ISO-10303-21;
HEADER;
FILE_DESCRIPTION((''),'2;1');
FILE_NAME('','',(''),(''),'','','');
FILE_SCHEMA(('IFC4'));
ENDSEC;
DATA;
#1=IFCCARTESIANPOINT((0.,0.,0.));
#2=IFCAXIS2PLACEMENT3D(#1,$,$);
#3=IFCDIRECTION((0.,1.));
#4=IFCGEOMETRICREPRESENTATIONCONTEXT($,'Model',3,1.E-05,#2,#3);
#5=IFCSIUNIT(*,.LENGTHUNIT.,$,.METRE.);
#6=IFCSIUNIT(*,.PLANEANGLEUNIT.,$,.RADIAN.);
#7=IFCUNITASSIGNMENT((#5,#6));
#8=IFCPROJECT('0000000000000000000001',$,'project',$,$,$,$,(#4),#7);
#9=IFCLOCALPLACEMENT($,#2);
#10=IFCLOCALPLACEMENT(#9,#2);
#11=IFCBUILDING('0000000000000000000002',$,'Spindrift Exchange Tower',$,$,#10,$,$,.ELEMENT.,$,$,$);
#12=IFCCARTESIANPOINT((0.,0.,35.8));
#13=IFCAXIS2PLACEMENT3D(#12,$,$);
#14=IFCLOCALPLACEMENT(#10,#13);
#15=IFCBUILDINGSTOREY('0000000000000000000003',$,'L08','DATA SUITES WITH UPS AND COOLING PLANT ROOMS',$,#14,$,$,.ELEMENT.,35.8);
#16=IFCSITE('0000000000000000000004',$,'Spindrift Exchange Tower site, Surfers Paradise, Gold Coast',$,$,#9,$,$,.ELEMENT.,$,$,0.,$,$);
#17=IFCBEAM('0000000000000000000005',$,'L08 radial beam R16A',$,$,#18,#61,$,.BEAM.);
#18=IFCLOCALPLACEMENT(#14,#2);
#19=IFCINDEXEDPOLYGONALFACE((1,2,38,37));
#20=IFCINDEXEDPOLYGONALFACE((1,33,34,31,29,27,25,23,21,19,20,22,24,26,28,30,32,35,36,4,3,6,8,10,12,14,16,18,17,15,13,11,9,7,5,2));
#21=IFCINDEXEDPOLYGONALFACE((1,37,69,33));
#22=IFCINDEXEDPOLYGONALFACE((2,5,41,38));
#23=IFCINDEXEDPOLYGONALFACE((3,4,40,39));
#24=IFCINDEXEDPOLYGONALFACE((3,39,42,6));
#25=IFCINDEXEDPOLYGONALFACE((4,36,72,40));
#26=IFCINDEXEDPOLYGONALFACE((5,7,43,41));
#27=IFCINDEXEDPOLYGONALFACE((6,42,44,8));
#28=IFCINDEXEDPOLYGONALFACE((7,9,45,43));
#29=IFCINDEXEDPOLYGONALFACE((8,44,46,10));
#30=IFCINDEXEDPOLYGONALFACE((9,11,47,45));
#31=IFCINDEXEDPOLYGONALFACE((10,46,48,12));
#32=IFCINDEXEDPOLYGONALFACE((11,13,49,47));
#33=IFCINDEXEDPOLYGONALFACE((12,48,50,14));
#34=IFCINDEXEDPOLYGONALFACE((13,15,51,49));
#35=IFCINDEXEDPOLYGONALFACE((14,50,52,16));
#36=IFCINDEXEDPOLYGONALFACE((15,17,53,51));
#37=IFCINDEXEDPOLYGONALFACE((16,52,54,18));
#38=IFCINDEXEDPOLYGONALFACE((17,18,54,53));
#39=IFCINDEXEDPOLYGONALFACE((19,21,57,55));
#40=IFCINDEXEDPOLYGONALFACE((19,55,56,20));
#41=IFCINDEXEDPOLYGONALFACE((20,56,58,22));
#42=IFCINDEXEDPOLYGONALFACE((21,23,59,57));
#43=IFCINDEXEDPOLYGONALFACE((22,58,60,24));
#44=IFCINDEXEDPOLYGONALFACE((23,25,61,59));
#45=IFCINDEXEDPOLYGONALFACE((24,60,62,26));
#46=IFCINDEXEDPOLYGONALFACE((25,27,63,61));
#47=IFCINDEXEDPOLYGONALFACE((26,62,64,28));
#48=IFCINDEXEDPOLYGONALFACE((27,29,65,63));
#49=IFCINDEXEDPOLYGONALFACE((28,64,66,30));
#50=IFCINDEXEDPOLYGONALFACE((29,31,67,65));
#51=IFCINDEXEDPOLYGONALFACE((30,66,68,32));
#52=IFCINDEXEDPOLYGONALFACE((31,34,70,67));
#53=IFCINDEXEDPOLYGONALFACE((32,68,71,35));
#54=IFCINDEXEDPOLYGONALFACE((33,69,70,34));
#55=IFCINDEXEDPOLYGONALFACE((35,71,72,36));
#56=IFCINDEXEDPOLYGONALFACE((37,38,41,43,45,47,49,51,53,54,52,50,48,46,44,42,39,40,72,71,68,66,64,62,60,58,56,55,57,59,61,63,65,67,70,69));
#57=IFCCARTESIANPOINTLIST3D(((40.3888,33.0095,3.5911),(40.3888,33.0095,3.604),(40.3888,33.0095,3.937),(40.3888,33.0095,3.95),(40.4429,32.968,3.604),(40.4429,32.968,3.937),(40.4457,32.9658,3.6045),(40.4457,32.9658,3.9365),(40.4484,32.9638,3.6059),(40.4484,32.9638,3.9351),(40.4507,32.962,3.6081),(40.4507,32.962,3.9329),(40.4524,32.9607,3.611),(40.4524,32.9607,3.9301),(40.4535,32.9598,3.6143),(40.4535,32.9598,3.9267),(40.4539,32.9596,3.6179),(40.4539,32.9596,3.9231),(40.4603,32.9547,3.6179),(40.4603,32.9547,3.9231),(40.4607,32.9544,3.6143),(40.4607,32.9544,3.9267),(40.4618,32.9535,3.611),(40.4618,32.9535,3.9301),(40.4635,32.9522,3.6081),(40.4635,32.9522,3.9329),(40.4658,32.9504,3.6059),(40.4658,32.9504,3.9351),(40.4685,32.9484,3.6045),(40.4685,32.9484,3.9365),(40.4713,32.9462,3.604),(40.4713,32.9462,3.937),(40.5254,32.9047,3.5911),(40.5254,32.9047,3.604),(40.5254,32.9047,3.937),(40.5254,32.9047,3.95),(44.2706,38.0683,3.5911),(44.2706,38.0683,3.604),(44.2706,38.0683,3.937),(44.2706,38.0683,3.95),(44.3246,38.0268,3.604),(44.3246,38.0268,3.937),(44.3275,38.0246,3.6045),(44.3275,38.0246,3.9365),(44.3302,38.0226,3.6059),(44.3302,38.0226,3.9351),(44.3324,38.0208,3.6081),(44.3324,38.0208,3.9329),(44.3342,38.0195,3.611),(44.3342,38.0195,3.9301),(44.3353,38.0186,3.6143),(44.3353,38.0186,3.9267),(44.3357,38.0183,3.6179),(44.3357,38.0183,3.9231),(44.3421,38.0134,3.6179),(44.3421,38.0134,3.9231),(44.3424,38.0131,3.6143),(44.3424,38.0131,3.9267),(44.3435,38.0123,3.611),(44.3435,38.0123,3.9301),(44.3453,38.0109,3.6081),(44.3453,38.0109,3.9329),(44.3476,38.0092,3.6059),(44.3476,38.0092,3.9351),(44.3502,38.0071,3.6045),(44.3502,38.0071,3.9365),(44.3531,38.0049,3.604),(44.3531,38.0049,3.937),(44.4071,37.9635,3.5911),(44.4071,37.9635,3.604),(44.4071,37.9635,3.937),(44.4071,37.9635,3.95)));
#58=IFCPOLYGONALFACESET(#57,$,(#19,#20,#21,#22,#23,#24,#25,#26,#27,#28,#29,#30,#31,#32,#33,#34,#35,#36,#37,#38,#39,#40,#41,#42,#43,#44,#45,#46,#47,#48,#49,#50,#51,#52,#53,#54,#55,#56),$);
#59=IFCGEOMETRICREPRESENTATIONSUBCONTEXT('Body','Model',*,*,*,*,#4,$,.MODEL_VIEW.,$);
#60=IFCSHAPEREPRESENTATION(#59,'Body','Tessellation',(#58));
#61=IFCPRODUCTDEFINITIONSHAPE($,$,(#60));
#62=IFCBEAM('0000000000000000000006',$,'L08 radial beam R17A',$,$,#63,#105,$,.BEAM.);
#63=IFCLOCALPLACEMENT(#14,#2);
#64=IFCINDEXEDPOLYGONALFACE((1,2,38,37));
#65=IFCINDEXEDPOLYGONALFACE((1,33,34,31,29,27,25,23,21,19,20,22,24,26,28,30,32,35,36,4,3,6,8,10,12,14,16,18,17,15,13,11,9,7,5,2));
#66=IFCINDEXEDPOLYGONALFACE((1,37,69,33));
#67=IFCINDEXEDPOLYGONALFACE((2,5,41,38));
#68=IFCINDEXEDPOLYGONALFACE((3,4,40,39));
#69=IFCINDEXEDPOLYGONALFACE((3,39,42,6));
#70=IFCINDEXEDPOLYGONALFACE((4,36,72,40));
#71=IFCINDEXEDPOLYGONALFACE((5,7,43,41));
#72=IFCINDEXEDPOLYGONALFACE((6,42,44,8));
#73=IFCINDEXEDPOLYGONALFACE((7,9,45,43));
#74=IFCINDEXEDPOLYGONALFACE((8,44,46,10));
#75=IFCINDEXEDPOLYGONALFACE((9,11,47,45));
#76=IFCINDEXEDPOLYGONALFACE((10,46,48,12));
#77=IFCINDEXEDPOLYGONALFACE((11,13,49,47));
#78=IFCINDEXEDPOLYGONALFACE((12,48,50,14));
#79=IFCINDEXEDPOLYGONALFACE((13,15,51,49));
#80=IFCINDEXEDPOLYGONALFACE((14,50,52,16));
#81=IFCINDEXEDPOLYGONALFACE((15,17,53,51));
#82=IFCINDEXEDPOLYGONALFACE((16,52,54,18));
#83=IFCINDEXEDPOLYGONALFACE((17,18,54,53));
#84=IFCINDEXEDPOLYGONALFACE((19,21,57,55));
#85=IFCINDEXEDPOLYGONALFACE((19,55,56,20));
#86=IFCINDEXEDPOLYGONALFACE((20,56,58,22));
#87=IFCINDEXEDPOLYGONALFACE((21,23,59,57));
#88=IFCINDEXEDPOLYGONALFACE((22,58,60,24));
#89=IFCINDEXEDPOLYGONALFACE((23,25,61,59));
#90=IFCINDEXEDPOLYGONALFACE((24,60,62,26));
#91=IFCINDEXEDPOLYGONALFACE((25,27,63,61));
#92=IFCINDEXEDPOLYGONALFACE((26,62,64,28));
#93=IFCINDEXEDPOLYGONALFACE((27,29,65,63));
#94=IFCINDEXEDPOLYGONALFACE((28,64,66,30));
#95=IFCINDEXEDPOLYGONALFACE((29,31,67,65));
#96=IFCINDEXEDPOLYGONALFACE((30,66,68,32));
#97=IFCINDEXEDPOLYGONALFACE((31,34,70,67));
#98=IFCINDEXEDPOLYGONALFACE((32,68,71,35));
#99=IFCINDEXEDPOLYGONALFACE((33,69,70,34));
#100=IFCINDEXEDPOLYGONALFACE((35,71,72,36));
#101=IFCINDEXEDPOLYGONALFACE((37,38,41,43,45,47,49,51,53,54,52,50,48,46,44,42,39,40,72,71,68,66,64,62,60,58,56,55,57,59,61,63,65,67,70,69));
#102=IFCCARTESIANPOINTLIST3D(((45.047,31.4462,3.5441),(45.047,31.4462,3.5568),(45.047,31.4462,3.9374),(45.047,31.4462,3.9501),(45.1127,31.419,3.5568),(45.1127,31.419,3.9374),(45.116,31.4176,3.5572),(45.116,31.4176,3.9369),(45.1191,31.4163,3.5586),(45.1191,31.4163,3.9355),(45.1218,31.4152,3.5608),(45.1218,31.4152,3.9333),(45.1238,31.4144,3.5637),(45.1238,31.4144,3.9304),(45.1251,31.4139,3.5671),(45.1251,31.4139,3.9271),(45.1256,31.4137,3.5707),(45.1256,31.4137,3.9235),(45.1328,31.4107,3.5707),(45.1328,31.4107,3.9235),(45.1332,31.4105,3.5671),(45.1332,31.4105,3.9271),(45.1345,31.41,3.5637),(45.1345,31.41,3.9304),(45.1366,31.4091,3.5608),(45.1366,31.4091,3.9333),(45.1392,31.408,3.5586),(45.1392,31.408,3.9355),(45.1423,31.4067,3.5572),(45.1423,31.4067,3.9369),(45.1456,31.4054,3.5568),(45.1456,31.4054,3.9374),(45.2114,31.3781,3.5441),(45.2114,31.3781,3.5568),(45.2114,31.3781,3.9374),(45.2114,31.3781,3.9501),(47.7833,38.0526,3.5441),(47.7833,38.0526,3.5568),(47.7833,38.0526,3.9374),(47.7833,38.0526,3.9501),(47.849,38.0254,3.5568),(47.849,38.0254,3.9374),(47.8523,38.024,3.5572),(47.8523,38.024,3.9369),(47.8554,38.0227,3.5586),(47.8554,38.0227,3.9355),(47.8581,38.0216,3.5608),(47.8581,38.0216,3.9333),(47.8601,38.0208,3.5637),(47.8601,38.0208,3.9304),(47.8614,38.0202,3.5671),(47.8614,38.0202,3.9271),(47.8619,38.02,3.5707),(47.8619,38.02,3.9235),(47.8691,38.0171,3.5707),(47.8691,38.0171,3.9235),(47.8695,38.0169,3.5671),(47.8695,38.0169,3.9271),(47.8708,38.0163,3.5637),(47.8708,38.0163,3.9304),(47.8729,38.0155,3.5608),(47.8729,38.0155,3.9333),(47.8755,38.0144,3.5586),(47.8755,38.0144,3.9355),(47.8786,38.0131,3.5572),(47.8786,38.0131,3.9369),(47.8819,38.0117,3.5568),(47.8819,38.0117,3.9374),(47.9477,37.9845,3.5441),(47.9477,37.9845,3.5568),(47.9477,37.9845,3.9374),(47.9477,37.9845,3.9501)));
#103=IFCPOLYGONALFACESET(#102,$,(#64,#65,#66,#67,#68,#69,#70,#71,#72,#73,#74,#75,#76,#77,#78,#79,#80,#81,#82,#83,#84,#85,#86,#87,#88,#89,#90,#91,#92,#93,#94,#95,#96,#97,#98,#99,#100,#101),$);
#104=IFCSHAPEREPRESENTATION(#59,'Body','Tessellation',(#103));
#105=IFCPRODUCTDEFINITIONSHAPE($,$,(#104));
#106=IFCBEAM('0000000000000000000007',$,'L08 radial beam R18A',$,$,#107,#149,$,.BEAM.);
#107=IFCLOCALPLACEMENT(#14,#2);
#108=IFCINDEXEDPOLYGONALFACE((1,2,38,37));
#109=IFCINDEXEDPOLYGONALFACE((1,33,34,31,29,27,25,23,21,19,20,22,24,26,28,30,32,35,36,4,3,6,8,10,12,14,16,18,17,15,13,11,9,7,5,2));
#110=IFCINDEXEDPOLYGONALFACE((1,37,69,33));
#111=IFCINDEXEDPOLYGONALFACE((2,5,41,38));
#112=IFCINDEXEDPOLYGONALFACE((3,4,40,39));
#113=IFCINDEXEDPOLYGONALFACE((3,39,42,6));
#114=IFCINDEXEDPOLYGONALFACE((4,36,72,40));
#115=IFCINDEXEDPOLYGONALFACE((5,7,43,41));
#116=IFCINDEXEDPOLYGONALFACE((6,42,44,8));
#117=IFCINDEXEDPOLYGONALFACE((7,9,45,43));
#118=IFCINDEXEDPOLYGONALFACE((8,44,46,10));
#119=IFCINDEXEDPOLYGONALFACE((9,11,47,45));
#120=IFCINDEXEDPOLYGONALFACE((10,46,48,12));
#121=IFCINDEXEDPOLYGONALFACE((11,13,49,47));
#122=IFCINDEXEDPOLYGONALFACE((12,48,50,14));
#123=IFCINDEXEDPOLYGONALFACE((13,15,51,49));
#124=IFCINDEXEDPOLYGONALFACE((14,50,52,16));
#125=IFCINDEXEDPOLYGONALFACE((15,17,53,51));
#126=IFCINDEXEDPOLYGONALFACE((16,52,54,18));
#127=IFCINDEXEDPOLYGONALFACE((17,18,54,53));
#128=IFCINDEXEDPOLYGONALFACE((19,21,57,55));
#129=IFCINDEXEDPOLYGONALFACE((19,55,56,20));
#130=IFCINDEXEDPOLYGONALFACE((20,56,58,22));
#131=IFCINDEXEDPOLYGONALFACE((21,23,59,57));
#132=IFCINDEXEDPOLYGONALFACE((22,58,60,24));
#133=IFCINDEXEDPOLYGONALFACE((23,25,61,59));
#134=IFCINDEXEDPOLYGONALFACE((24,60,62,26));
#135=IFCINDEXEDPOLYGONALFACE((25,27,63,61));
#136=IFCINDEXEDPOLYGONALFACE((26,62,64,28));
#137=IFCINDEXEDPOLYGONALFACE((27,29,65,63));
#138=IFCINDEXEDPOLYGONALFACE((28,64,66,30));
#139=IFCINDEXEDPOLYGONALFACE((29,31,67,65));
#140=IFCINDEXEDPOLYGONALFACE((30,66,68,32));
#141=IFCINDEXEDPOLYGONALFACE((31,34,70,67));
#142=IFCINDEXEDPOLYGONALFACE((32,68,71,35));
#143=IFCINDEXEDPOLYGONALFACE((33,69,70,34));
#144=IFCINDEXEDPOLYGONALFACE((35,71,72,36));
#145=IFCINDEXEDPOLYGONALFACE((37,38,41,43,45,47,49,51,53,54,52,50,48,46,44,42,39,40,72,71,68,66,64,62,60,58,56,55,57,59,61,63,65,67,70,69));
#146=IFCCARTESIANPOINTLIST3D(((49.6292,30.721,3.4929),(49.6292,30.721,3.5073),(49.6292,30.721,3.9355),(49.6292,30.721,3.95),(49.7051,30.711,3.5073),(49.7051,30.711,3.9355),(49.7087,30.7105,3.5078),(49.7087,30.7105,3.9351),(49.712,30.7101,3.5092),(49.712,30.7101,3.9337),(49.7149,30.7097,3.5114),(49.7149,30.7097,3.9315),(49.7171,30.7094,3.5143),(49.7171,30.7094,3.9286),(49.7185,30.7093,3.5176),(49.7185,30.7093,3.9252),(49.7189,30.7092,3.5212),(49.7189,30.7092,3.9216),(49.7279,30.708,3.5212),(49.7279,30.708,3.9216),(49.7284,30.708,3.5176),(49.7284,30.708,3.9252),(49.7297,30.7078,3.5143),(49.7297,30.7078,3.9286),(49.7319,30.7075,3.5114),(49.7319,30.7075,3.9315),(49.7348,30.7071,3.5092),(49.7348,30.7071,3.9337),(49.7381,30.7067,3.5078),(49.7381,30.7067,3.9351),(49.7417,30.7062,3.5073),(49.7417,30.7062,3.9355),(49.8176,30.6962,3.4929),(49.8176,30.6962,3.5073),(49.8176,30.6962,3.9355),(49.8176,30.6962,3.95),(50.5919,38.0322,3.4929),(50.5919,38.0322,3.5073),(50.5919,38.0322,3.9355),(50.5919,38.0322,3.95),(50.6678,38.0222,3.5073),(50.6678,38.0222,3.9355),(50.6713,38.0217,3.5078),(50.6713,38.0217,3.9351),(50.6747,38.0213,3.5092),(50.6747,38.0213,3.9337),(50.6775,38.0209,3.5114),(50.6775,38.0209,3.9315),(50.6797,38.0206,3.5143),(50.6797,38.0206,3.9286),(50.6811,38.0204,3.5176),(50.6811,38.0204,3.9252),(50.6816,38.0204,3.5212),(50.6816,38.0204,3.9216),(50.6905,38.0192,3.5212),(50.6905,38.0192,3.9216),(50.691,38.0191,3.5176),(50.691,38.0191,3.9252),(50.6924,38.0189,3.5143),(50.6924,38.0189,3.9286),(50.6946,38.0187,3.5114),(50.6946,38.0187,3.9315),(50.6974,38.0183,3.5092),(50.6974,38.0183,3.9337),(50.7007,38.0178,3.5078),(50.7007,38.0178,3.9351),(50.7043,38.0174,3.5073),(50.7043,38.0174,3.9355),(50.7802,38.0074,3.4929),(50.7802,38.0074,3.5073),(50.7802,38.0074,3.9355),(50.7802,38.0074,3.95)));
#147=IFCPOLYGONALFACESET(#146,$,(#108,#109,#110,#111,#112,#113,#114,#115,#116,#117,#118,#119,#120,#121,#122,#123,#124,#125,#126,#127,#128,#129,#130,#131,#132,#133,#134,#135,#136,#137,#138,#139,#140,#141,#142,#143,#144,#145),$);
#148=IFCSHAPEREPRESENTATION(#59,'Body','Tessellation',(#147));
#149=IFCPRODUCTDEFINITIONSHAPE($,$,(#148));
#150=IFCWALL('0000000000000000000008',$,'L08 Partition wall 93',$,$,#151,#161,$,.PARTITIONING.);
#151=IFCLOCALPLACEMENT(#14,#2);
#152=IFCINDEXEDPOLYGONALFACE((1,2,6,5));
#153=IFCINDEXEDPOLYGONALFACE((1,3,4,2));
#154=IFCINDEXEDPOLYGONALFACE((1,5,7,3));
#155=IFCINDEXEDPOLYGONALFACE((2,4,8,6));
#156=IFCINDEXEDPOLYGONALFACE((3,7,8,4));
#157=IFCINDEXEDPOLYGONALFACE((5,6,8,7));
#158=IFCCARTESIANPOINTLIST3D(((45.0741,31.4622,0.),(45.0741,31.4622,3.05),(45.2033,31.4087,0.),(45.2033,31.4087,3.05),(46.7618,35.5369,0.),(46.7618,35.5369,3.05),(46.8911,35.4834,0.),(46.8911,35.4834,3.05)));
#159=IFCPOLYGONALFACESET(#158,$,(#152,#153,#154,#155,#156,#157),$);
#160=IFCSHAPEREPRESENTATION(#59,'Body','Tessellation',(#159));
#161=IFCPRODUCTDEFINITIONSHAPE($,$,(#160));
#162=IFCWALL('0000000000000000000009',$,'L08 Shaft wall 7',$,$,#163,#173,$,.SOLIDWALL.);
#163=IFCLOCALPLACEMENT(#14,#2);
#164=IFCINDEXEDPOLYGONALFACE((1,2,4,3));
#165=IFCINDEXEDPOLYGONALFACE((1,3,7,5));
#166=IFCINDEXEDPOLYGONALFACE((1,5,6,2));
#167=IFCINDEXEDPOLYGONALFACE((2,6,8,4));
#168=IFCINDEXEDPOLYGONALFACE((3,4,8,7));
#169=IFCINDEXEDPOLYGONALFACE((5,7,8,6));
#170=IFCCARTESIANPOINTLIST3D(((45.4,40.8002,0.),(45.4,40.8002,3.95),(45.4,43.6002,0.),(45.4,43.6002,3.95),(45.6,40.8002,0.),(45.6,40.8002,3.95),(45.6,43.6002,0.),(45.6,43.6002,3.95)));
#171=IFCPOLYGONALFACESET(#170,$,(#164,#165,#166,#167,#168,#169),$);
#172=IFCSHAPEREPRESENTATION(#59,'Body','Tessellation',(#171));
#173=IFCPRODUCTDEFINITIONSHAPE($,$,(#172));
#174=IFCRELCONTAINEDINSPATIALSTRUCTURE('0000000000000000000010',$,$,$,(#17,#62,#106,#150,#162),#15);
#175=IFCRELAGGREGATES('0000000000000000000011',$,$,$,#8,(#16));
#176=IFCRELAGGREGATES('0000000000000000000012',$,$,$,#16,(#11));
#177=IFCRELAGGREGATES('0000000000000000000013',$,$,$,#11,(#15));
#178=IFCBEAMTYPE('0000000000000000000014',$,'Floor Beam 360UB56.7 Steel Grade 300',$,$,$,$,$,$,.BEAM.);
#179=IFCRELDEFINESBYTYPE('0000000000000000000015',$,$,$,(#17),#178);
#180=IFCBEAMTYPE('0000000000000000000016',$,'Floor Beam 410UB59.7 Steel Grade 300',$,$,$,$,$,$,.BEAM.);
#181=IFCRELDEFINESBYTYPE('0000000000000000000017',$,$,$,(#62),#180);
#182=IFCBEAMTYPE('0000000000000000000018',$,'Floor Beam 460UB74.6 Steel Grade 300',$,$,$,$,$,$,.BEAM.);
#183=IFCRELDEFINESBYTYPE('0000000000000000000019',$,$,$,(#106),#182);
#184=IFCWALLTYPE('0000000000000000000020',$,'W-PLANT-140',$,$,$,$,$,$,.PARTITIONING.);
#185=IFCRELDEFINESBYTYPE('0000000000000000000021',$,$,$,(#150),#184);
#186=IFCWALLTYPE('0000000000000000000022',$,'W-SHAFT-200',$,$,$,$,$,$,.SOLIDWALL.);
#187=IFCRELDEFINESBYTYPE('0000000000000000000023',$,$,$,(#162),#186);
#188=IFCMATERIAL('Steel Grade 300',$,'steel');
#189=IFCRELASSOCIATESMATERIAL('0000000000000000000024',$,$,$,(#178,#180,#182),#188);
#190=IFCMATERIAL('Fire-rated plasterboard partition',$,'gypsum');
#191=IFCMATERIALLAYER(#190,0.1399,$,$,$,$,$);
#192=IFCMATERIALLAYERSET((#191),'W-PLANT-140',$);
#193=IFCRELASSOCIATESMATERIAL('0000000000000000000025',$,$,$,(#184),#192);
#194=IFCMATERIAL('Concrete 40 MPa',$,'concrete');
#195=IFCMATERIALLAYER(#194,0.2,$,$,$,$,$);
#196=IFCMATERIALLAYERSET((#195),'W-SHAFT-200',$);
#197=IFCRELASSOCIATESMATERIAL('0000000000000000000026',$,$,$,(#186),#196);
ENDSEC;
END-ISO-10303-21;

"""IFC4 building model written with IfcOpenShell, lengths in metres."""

from ifc_helpers import new_model, si_unit, direction, frame, frame_2d, origin, origin_2d, place, context, subcontext, project, spatial, rectangle, i_section, extrude, source, transform, mapped, material, layer, layer_set, material_profile, profile_set, type_object, element, save


model = new_model("IFC4")

# Units and contexts
model_context = context("Model", 3, precision=1e-05, world=origin(), true_north=direction((0.0, 1.0)))
body_context = subcontext(model_context, "Body", "Model", "MODEL_VIEW")
ifc_project = project(units=[si_unit("LENGTHUNIT", "METRE"), si_unit("PLANEANGLEUNIT", "RADIAN")], contexts=[model_context])

# Site, building, storey
site_placement = place(None, origin())
site = spatial("IfcSite", under=ifc_project, at=site_placement, Name="Spindrift Exchange Tower site, Surfers Paradise, Gold Coast", CompositionType="ELEMENT", RefElevation=0.0)
building_placement = place(site_placement, origin())
building = spatial("IfcBuilding", under=site, at=building_placement, Name="Spindrift Exchange Tower", CompositionType="ELEMENT")
storey_placement = place(building_placement, frame((0.0, 0.0, 35.8)))
storey = spatial("IfcBuildingStorey", under=building, at=storey_placement, Name="L08", Description="DATA SUITES WITH UPS AND COOLING PLANT ROOMS", CompositionType="ELEMENT", Elevation=35.8)

# Beams
ifc_material_1 = material(Name="Steel Grade 300", Category="steel")
ifc_material_profile_1 = material_profile(ifc_material_1, i_section(OverallWidth=0.1721, OverallDepth=0.3589, WebThickness=0.0081, FlangeThickness=0.0129, FilletRadius=0.0139, at=origin_2d()), Name="360UB56.7")
ifc_profile_set_1 = profile_set([ifc_material_profile_1], Name="Steel Grade 300")
beam_type_1 = type_object("IfcBeamType", Name="Floor Beam 360UB56.7 Steel Grade 300", PredefinedType="BEAM", material=ifc_profile_set_1)
shared_shape_1 = source(origin(), body_context, "Body", "SweptSolid", [
    extrude(i_section(OverallWidth=0.1721, OverallDepth=0.3589, WebThickness=0.0081, FlangeThickness=0.0129, FilletRadius=0.0139, at=origin_2d()), origin(), (0.0, 0.0, 1.0), 6.3765),
])
beam_1_placement = place(storey_placement, frame((44.3389, 38.0159, 3.7705), z_axis=(-0.608767, -0.793349, 0.0), x_axis=(0.793349, -0.608767, 0.0)))
element("IfcBeam", 1, at=beam_1_placement, inside=storey, type_object=beam_type_1, Name="L08 radial beam R16A", PredefinedType="BEAM", context=body_context, shape_type="MappedRepresentation", body=[
    mapped(shared_shape_1, transform((0.0, 0.0, 0.0), scale=1.0)),
])
ifc_material_profile_2 = material_profile(ifc_material_1, i_section(OverallWidth=0.178, OverallDepth=0.406, WebThickness=0.0078, FlangeThickness=0.0127, FilletRadius=0.0139, at=origin_2d()), Name="410UB59.7")
ifc_profile_set_2 = profile_set([ifc_material_profile_2], Name="Steel Grade 300")
beam_type_2 = type_object("IfcBeamType", Name="Floor Beam 410UB59.7 Steel Grade 300", PredefinedType="BEAM", material=ifc_profile_set_2)
shared_shape_2 = source(origin(), body_context, "Body", "SweptSolid", [
    extrude(i_section(OverallWidth=0.178, OverallDepth=0.406, WebThickness=0.0078, FlangeThickness=0.0127, FilletRadius=0.0139, at=origin_2d()), origin(), (0.0, 0.0, 1.0), 7.1506),
])
beam_2_placement = place(storey_placement, frame((47.8655, 38.0186, 3.7471), z_axis=(-0.382665, -0.923887, 0.0), x_axis=(0.923887, -0.382665, 0.0)))
element("IfcBeam", 2, at=beam_2_placement, inside=storey, type_object=beam_type_2, Name="L08 radial beam R17A", PredefinedType="BEAM", context=body_context, shape_type="MappedRepresentation", body=[
    mapped(shared_shape_2, transform((0.0, 0.0, 0.0), scale=1.0)),
])
ifc_material_profile_3 = material_profile(ifc_material_1, i_section(OverallWidth=0.1899, OverallDepth=0.457, WebThickness=0.009, FlangeThickness=0.0144, FilletRadius=0.0139, at=origin_2d()), Name="460UB74.6")
ifc_profile_set_3 = profile_set([ifc_material_profile_3], Name="Steel Grade 300")
beam_type_3 = type_object("IfcBeamType", Name="Floor Beam 460UB74.6 Steel Grade 300", PredefinedType="BEAM", material=ifc_profile_set_3)
shared_shape_3 = source(origin(), body_context, "Body", "SweptSolid", [
    extrude(i_section(OverallWidth=0.1899, OverallDepth=0.457, WebThickness=0.009, FlangeThickness=0.0144, FilletRadius=0.0139, at=origin_2d()), origin(), (0.0, 0.0, 1.0), 7.3743),
])
beam_3_placement = place(storey_placement, frame((50.686, 38.0198, 3.7214), z_axis=(-0.130539, -0.991443, 0.0), x_axis=(0.991443, -0.130539, 0.0)))
element("IfcBeam", 3, at=beam_3_placement, inside=storey, type_object=beam_type_3, Name="L08 radial beam R18A", PredefinedType="BEAM", context=body_context, shape_type="MappedRepresentation", body=[
    mapped(shared_shape_3, transform((0.0, 0.0, 0.0), scale=1.0)),
])

# Walls
ifc_material_2 = material(Name="Fire-rated plasterboard partition", Category="gypsum")
ifc_layer_1 = layer(ifc_material_2, 0.1399)
ifc_layer_set_1 = layer_set([ifc_layer_1], Name="W-PLANT-140")
wall_type_1 = type_object("IfcWallType", Name="W-PLANT-140", PredefinedType="PARTITIONING", material=ifc_layer_set_1)
wall_1_placement = place(storey_placement, frame((46.8264, 35.51, 0.0), z_axis=(0.0, 0.0, 1.0), x_axis=(-0.382673, -0.923884, 0.0)))
element("IfcWall", 4, at=wall_1_placement, inside=storey, type_object=wall_type_1, Name="L08 Partition wall 93", PredefinedType="PARTITIONING", context=body_context, shape_type="SweptSolid", body=[
    extrude(rectangle(XDim=4.4104, YDim=0.1399, at=frame_2d((2.2051, 0.0))), origin(), (0.0, 0.0, 1.0), 3.05),
])
ifc_material_3 = material(Name="Concrete 40 MPa", Category="concrete")
ifc_layer_2 = layer(ifc_material_3, 0.2)
ifc_layer_set_2 = layer_set([ifc_layer_2], Name="W-SHAFT-200")
wall_type_2 = type_object("IfcWallType", Name="W-SHAFT-200", PredefinedType="SOLIDWALL", material=ifc_layer_set_2)
wall_2_placement = place(storey_placement, frame((45.5, 43.6001, 0.0), z_axis=(0.0, 0.0, 1.0), x_axis=(0.0, -1.0, 0.0)))
element("IfcWall", 5, at=wall_2_placement, inside=storey, type_object=wall_type_2, Name="L08 Shaft wall 7", PredefinedType="SOLIDWALL", context=body_context, shape_type="SweptSolid", body=[
    extrude(rectangle(XDim=2.8, YDim=0.2, at=frame_2d((1.3999, 0.0))), origin(), (0.0, 0.0, 1.0), 3.95),
])

save(model, "model.ifc")
